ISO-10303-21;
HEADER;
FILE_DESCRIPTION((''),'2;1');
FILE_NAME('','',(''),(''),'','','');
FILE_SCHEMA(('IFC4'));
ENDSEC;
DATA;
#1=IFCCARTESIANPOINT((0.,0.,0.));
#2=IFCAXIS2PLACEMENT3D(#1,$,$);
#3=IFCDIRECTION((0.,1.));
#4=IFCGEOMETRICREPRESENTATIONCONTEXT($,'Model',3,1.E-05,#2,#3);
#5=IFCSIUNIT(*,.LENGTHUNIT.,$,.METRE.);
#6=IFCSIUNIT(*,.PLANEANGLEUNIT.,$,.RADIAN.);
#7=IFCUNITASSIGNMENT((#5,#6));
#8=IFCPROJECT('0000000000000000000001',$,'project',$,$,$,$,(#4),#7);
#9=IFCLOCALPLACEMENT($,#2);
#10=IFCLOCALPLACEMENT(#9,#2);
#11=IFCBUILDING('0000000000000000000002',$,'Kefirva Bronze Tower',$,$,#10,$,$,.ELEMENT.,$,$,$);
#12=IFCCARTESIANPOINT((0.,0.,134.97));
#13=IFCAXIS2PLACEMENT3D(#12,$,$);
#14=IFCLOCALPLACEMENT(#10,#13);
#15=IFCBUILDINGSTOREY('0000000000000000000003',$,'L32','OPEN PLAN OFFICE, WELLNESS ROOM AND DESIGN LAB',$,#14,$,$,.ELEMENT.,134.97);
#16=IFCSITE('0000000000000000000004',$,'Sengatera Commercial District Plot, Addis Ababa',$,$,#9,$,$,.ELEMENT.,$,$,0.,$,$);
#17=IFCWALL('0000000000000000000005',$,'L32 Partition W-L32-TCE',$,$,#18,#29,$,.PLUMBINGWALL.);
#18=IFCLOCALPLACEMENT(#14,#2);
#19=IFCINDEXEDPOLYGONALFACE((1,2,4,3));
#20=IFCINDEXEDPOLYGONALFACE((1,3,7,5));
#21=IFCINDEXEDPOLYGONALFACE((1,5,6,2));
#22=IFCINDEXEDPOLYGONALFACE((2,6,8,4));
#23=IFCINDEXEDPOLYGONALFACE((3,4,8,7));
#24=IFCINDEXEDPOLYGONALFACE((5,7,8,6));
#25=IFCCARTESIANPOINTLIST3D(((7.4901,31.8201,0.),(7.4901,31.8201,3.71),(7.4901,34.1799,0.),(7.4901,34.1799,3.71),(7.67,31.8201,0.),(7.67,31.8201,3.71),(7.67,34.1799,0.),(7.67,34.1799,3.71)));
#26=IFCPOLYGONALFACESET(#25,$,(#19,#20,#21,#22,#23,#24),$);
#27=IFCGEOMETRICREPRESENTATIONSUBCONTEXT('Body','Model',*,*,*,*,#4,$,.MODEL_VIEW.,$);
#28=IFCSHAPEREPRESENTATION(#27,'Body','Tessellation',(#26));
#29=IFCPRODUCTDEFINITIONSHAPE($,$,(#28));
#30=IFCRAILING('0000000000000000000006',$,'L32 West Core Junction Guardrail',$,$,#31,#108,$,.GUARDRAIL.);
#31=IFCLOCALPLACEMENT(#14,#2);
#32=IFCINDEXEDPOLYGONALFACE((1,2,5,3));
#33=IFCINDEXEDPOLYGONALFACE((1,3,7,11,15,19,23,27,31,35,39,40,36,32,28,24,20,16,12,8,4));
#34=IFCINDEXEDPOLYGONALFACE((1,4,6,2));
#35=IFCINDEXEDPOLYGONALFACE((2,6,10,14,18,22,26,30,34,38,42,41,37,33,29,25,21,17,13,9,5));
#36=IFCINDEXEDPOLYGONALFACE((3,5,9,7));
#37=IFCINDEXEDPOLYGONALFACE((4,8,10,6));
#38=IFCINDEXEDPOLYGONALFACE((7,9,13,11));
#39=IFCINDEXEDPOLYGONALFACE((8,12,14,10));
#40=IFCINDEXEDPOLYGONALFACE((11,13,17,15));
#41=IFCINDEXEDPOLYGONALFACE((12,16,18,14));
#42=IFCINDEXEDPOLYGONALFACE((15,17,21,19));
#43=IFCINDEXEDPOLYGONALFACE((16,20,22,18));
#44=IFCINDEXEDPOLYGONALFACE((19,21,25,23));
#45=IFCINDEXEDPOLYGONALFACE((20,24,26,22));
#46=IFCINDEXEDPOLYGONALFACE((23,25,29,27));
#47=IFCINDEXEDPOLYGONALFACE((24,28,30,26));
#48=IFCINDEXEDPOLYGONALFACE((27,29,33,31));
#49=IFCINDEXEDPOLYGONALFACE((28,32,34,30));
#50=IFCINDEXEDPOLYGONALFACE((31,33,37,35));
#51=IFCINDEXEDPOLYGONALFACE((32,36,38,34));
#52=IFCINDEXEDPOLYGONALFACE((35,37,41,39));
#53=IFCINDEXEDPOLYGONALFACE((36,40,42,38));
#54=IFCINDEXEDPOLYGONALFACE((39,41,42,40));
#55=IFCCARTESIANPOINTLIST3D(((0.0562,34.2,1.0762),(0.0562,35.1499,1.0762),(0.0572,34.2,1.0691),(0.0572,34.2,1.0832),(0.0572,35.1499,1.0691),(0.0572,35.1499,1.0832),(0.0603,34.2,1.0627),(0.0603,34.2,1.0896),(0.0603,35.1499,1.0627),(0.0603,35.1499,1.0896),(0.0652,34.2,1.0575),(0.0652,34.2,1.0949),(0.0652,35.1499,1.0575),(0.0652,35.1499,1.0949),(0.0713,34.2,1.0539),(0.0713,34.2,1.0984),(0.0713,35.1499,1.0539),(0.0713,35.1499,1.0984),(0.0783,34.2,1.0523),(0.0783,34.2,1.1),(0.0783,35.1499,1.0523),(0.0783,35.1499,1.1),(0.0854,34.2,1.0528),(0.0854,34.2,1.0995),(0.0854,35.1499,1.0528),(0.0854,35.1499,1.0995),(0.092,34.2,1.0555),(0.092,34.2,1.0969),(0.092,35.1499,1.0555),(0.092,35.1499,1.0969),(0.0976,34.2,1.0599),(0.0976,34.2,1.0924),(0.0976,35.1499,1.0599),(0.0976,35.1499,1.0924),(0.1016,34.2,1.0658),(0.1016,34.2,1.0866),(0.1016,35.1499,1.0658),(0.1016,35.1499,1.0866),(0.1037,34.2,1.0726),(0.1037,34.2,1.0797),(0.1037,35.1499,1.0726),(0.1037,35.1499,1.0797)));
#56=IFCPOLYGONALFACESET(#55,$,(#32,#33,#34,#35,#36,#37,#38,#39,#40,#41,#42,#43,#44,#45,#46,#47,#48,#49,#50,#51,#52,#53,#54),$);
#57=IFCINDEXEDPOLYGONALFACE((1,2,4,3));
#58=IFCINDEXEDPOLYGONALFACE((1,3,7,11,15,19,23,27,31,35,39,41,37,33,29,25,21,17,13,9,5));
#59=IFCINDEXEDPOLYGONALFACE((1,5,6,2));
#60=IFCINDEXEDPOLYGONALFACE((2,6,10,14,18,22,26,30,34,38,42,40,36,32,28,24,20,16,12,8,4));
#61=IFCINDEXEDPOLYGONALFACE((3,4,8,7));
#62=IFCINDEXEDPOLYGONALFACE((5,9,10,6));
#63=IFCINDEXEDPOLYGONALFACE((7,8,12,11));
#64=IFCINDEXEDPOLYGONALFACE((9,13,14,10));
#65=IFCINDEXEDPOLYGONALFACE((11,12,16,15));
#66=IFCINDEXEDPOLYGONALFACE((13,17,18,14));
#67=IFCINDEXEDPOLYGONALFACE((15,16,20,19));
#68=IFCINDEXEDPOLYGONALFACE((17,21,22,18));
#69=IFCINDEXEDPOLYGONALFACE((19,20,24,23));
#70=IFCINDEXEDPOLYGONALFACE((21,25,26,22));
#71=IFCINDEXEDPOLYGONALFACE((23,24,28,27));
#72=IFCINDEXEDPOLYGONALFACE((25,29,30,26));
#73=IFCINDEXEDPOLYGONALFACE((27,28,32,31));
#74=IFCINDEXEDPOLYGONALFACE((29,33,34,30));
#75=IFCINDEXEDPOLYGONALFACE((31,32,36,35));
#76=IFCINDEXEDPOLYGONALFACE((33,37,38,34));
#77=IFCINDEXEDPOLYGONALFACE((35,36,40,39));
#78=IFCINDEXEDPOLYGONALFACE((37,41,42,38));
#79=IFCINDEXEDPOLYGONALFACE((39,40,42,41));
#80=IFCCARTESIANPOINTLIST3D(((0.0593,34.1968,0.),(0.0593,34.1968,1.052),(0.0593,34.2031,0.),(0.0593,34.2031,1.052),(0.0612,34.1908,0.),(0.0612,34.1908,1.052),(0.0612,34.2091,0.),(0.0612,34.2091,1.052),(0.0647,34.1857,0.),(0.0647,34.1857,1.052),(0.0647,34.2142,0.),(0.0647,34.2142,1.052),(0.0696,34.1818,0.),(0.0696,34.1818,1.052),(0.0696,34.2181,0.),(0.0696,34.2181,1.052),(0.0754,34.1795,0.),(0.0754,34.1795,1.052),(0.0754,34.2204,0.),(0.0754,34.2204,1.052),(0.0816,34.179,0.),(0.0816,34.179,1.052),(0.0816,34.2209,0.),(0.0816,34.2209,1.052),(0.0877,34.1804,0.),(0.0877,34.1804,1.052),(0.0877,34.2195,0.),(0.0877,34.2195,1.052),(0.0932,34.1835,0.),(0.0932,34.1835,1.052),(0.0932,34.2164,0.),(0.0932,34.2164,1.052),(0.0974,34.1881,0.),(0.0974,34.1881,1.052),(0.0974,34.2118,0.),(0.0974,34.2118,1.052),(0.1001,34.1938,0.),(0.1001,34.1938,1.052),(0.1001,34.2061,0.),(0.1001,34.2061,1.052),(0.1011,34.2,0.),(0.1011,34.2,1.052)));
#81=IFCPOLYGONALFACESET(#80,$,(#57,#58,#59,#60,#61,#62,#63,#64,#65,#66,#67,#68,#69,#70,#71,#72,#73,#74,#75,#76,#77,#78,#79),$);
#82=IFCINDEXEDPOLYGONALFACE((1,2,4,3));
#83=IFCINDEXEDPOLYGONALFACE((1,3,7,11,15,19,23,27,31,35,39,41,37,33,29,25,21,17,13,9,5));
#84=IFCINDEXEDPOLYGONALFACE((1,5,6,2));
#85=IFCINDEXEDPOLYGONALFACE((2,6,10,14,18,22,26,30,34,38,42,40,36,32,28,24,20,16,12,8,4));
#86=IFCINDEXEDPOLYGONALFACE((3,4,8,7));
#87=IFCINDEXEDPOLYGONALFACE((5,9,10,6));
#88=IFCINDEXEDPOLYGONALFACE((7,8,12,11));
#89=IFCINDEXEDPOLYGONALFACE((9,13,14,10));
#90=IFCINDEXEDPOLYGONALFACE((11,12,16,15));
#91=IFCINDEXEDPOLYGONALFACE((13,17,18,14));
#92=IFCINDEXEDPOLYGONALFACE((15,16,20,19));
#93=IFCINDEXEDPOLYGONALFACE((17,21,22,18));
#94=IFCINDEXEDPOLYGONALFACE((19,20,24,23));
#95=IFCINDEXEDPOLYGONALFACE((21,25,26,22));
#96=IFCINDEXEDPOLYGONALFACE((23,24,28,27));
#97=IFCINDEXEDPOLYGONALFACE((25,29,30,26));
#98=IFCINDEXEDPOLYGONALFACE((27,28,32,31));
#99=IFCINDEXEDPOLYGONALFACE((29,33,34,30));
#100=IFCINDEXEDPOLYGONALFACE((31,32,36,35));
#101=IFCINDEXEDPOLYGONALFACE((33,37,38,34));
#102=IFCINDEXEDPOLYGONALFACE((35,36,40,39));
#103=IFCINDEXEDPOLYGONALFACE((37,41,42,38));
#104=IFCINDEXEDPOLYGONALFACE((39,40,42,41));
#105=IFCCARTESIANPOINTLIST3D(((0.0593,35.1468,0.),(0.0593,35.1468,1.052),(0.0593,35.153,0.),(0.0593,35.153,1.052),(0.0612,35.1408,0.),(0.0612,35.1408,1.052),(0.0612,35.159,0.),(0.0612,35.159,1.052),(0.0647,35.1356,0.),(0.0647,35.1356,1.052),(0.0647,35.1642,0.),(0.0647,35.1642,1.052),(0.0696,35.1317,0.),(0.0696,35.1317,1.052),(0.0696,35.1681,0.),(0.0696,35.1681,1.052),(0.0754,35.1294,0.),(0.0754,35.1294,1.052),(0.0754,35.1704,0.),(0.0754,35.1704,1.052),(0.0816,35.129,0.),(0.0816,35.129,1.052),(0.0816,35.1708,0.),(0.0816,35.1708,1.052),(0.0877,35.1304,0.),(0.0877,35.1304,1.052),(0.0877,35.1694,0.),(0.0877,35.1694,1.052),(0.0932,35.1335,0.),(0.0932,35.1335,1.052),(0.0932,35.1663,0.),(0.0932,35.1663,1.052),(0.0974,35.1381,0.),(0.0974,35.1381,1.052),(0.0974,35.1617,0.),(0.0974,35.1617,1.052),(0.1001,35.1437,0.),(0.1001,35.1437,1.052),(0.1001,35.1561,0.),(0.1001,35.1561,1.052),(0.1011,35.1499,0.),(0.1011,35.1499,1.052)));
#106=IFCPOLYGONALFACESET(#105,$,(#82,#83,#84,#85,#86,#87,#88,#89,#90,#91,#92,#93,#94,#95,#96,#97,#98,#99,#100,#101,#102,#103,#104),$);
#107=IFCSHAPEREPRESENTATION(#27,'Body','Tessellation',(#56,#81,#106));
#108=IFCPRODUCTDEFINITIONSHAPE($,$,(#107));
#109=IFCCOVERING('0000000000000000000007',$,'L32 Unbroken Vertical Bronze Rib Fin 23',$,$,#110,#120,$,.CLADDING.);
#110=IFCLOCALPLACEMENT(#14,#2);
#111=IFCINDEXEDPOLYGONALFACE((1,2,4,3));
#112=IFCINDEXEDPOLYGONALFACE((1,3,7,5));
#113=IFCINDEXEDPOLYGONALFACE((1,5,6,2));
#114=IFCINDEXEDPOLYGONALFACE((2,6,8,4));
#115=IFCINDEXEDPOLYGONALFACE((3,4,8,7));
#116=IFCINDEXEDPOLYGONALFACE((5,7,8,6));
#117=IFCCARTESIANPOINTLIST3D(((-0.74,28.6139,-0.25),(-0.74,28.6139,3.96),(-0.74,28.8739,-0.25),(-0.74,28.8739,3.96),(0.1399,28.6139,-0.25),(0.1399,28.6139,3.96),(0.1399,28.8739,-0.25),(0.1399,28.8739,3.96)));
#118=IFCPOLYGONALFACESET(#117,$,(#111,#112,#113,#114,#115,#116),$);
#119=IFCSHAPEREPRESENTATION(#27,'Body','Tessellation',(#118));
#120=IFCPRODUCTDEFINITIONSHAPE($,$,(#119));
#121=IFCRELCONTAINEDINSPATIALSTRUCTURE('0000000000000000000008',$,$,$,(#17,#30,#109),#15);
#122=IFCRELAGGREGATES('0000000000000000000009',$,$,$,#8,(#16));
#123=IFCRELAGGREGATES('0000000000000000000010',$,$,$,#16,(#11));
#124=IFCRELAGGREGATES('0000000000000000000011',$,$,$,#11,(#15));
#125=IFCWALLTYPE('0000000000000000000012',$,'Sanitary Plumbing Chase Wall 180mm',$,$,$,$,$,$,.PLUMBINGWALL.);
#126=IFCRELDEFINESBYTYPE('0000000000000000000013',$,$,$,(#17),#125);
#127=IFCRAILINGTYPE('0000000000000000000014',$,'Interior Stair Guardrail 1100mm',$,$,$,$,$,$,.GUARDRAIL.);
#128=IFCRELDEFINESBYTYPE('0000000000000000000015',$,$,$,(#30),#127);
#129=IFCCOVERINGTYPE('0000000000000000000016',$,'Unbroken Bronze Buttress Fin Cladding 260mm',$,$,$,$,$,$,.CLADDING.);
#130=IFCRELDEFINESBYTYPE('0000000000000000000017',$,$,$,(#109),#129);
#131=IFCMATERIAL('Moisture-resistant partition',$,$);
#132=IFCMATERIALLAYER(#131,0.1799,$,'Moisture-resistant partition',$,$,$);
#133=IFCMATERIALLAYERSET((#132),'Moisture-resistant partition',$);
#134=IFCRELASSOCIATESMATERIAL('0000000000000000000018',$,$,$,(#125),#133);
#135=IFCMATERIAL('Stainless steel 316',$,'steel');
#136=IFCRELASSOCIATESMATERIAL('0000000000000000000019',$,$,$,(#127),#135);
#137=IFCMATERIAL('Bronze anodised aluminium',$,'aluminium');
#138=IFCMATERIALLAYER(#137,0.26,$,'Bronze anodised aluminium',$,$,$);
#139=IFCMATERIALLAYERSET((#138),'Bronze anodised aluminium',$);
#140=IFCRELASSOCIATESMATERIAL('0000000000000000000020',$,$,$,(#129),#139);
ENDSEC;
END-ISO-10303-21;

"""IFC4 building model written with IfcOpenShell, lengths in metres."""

from ifc_helpers import new_model, si_unit, direction, frame, frame_2d, origin, origin_2d, place, context, subcontext, project, spatial, rectangle, circle, extrude, material, layer, layer_set, type_object, element, save


model = new_model("IFC4")

# Units and contexts
model_context = context("Model", 3, precision=1e-05, world=origin(), true_north=direction((0.0, 1.0)))
body_context = subcontext(model_context, "Body", "Model", "MODEL_VIEW")
ifc_project = project(units=[si_unit("LENGTHUNIT", "METRE"), si_unit("PLANEANGLEUNIT", "RADIAN")], contexts=[model_context])

# Site, building, storey
site_placement = place(None, origin())
site = spatial("IfcSite", under=ifc_project, at=site_placement, Name="Sengatera Commercial District Plot, Addis Ababa", CompositionType="ELEMENT", RefElevation=0.0)
building_placement = place(site_placement, origin())
building = spatial("IfcBuilding", under=site, at=building_placement, Name="Kefirva Bronze Tower", CompositionType="ELEMENT")
storey_placement = place(building_placement, frame((0.0, 0.0, 134.97)))
storey = spatial("IfcBuildingStorey", under=building, at=storey_placement, Name="L32", Description="OPEN PLAN OFFICE, WELLNESS ROOM AND DESIGN LAB", CompositionType="ELEMENT", Elevation=134.97)

# Shared definitions
ifc_material_1 = material(Name="Bronze anodised aluminium", Category="aluminium")

# Shared definitions
ifc_material_2 = material(Name="Moisture-resistant partition")
ifc_layer_1 = layer(ifc_material_2, 0.1799, Name="Moisture-resistant partition")
ifc_layer_set_1 = layer_set([ifc_layer_1], Name="Moisture-resistant partition")
wall_type_1 = type_object("IfcWallType", Name="Sanitary Plumbing Chase Wall 180mm", PredefinedType="PLUMBINGWALL", material=ifc_layer_set_1)

# Wall
wall_1_placement = place(storey_placement, frame((7.5801, 31.8201, 0.0), z_axis=(0.0, 0.0, 1.0), x_axis=(0.0, 1.0, 0.0)))
element("IfcWall", 1, at=wall_1_placement, inside=storey, type_object=wall_type_1, Name="L32 Partition W-L32-TCE", PredefinedType="PLUMBINGWALL", context=body_context, shape_type="SweptSolid", body=[
    extrude(rectangle(XDim=2.3599, YDim=0.1799, at=frame_2d((1.1799, 0.0))), origin(), (0.0, 0.0, 1.0), 3.71),
])

# Railing
ifc_material_3 = material(Name="Stainless steel 316", Category="steel")
railing_type = type_object("IfcRailingType", Name="Interior Stair Guardrail 1100mm", PredefinedType="GUARDRAIL", material=ifc_material_3)
railing_placement = place(storey_placement, frame((0.0801, 34.2, 0.0)))
element("IfcRailing", 2, at=railing_placement, inside=storey, type_object=railing_type, Name="L32 West Core Junction Guardrail", PredefinedType="GUARDRAIL", context=body_context, shape_type="SweptSolid", body=[
    extrude(circle(Radius=0.0239, at=origin_2d()), frame((0.0, 0.0, 1.0762), z_axis=(0.0, 1.0, 0.0), x_axis=(-1.0, 0.0, 0.0)), (0.0, 0.0, 1.0), 0.95),
    extrude(circle(Radius=0.021, at=origin_2d()), origin(), (0.0, 0.0, 1.0), 1.052),
    extrude(circle(Radius=0.021, at=origin_2d()), frame((0.0, 0.95, 0.0)), (0.0, 0.0, 1.0), 1.052),
])

# Covering
ifc_layer_2 = layer(ifc_material_1, 0.26, Name="Bronze anodised aluminium")
ifc_layer_set_2 = layer_set([ifc_layer_2], Name="Bronze anodised aluminium")
covering_type = type_object("IfcCoveringType", Name="Unbroken Bronze Buttress Fin Cladding 260mm", PredefinedType="CLADDING", material=ifc_layer_set_2)
covering_placement = place(storey_placement, frame((-0.3, 28.7439, -0.25), z_axis=(0.0, 0.0, 1.0), x_axis=(0.0, -1.0, 0.0)))
element("IfcCovering", 3, at=covering_placement, inside=storey, type_object=covering_type, Name="L32 Unbroken Vertical Bronze Rib Fin 23", PredefinedType="CLADDING", context=body_context, shape_type="SweptSolid", body=[
    extrude(rectangle(XDim=0.26, YDim=0.8799, at=origin_2d()), origin(), (0.0, 0.0, 1.0), 4.21),
])

save(model, "model.ifc")
